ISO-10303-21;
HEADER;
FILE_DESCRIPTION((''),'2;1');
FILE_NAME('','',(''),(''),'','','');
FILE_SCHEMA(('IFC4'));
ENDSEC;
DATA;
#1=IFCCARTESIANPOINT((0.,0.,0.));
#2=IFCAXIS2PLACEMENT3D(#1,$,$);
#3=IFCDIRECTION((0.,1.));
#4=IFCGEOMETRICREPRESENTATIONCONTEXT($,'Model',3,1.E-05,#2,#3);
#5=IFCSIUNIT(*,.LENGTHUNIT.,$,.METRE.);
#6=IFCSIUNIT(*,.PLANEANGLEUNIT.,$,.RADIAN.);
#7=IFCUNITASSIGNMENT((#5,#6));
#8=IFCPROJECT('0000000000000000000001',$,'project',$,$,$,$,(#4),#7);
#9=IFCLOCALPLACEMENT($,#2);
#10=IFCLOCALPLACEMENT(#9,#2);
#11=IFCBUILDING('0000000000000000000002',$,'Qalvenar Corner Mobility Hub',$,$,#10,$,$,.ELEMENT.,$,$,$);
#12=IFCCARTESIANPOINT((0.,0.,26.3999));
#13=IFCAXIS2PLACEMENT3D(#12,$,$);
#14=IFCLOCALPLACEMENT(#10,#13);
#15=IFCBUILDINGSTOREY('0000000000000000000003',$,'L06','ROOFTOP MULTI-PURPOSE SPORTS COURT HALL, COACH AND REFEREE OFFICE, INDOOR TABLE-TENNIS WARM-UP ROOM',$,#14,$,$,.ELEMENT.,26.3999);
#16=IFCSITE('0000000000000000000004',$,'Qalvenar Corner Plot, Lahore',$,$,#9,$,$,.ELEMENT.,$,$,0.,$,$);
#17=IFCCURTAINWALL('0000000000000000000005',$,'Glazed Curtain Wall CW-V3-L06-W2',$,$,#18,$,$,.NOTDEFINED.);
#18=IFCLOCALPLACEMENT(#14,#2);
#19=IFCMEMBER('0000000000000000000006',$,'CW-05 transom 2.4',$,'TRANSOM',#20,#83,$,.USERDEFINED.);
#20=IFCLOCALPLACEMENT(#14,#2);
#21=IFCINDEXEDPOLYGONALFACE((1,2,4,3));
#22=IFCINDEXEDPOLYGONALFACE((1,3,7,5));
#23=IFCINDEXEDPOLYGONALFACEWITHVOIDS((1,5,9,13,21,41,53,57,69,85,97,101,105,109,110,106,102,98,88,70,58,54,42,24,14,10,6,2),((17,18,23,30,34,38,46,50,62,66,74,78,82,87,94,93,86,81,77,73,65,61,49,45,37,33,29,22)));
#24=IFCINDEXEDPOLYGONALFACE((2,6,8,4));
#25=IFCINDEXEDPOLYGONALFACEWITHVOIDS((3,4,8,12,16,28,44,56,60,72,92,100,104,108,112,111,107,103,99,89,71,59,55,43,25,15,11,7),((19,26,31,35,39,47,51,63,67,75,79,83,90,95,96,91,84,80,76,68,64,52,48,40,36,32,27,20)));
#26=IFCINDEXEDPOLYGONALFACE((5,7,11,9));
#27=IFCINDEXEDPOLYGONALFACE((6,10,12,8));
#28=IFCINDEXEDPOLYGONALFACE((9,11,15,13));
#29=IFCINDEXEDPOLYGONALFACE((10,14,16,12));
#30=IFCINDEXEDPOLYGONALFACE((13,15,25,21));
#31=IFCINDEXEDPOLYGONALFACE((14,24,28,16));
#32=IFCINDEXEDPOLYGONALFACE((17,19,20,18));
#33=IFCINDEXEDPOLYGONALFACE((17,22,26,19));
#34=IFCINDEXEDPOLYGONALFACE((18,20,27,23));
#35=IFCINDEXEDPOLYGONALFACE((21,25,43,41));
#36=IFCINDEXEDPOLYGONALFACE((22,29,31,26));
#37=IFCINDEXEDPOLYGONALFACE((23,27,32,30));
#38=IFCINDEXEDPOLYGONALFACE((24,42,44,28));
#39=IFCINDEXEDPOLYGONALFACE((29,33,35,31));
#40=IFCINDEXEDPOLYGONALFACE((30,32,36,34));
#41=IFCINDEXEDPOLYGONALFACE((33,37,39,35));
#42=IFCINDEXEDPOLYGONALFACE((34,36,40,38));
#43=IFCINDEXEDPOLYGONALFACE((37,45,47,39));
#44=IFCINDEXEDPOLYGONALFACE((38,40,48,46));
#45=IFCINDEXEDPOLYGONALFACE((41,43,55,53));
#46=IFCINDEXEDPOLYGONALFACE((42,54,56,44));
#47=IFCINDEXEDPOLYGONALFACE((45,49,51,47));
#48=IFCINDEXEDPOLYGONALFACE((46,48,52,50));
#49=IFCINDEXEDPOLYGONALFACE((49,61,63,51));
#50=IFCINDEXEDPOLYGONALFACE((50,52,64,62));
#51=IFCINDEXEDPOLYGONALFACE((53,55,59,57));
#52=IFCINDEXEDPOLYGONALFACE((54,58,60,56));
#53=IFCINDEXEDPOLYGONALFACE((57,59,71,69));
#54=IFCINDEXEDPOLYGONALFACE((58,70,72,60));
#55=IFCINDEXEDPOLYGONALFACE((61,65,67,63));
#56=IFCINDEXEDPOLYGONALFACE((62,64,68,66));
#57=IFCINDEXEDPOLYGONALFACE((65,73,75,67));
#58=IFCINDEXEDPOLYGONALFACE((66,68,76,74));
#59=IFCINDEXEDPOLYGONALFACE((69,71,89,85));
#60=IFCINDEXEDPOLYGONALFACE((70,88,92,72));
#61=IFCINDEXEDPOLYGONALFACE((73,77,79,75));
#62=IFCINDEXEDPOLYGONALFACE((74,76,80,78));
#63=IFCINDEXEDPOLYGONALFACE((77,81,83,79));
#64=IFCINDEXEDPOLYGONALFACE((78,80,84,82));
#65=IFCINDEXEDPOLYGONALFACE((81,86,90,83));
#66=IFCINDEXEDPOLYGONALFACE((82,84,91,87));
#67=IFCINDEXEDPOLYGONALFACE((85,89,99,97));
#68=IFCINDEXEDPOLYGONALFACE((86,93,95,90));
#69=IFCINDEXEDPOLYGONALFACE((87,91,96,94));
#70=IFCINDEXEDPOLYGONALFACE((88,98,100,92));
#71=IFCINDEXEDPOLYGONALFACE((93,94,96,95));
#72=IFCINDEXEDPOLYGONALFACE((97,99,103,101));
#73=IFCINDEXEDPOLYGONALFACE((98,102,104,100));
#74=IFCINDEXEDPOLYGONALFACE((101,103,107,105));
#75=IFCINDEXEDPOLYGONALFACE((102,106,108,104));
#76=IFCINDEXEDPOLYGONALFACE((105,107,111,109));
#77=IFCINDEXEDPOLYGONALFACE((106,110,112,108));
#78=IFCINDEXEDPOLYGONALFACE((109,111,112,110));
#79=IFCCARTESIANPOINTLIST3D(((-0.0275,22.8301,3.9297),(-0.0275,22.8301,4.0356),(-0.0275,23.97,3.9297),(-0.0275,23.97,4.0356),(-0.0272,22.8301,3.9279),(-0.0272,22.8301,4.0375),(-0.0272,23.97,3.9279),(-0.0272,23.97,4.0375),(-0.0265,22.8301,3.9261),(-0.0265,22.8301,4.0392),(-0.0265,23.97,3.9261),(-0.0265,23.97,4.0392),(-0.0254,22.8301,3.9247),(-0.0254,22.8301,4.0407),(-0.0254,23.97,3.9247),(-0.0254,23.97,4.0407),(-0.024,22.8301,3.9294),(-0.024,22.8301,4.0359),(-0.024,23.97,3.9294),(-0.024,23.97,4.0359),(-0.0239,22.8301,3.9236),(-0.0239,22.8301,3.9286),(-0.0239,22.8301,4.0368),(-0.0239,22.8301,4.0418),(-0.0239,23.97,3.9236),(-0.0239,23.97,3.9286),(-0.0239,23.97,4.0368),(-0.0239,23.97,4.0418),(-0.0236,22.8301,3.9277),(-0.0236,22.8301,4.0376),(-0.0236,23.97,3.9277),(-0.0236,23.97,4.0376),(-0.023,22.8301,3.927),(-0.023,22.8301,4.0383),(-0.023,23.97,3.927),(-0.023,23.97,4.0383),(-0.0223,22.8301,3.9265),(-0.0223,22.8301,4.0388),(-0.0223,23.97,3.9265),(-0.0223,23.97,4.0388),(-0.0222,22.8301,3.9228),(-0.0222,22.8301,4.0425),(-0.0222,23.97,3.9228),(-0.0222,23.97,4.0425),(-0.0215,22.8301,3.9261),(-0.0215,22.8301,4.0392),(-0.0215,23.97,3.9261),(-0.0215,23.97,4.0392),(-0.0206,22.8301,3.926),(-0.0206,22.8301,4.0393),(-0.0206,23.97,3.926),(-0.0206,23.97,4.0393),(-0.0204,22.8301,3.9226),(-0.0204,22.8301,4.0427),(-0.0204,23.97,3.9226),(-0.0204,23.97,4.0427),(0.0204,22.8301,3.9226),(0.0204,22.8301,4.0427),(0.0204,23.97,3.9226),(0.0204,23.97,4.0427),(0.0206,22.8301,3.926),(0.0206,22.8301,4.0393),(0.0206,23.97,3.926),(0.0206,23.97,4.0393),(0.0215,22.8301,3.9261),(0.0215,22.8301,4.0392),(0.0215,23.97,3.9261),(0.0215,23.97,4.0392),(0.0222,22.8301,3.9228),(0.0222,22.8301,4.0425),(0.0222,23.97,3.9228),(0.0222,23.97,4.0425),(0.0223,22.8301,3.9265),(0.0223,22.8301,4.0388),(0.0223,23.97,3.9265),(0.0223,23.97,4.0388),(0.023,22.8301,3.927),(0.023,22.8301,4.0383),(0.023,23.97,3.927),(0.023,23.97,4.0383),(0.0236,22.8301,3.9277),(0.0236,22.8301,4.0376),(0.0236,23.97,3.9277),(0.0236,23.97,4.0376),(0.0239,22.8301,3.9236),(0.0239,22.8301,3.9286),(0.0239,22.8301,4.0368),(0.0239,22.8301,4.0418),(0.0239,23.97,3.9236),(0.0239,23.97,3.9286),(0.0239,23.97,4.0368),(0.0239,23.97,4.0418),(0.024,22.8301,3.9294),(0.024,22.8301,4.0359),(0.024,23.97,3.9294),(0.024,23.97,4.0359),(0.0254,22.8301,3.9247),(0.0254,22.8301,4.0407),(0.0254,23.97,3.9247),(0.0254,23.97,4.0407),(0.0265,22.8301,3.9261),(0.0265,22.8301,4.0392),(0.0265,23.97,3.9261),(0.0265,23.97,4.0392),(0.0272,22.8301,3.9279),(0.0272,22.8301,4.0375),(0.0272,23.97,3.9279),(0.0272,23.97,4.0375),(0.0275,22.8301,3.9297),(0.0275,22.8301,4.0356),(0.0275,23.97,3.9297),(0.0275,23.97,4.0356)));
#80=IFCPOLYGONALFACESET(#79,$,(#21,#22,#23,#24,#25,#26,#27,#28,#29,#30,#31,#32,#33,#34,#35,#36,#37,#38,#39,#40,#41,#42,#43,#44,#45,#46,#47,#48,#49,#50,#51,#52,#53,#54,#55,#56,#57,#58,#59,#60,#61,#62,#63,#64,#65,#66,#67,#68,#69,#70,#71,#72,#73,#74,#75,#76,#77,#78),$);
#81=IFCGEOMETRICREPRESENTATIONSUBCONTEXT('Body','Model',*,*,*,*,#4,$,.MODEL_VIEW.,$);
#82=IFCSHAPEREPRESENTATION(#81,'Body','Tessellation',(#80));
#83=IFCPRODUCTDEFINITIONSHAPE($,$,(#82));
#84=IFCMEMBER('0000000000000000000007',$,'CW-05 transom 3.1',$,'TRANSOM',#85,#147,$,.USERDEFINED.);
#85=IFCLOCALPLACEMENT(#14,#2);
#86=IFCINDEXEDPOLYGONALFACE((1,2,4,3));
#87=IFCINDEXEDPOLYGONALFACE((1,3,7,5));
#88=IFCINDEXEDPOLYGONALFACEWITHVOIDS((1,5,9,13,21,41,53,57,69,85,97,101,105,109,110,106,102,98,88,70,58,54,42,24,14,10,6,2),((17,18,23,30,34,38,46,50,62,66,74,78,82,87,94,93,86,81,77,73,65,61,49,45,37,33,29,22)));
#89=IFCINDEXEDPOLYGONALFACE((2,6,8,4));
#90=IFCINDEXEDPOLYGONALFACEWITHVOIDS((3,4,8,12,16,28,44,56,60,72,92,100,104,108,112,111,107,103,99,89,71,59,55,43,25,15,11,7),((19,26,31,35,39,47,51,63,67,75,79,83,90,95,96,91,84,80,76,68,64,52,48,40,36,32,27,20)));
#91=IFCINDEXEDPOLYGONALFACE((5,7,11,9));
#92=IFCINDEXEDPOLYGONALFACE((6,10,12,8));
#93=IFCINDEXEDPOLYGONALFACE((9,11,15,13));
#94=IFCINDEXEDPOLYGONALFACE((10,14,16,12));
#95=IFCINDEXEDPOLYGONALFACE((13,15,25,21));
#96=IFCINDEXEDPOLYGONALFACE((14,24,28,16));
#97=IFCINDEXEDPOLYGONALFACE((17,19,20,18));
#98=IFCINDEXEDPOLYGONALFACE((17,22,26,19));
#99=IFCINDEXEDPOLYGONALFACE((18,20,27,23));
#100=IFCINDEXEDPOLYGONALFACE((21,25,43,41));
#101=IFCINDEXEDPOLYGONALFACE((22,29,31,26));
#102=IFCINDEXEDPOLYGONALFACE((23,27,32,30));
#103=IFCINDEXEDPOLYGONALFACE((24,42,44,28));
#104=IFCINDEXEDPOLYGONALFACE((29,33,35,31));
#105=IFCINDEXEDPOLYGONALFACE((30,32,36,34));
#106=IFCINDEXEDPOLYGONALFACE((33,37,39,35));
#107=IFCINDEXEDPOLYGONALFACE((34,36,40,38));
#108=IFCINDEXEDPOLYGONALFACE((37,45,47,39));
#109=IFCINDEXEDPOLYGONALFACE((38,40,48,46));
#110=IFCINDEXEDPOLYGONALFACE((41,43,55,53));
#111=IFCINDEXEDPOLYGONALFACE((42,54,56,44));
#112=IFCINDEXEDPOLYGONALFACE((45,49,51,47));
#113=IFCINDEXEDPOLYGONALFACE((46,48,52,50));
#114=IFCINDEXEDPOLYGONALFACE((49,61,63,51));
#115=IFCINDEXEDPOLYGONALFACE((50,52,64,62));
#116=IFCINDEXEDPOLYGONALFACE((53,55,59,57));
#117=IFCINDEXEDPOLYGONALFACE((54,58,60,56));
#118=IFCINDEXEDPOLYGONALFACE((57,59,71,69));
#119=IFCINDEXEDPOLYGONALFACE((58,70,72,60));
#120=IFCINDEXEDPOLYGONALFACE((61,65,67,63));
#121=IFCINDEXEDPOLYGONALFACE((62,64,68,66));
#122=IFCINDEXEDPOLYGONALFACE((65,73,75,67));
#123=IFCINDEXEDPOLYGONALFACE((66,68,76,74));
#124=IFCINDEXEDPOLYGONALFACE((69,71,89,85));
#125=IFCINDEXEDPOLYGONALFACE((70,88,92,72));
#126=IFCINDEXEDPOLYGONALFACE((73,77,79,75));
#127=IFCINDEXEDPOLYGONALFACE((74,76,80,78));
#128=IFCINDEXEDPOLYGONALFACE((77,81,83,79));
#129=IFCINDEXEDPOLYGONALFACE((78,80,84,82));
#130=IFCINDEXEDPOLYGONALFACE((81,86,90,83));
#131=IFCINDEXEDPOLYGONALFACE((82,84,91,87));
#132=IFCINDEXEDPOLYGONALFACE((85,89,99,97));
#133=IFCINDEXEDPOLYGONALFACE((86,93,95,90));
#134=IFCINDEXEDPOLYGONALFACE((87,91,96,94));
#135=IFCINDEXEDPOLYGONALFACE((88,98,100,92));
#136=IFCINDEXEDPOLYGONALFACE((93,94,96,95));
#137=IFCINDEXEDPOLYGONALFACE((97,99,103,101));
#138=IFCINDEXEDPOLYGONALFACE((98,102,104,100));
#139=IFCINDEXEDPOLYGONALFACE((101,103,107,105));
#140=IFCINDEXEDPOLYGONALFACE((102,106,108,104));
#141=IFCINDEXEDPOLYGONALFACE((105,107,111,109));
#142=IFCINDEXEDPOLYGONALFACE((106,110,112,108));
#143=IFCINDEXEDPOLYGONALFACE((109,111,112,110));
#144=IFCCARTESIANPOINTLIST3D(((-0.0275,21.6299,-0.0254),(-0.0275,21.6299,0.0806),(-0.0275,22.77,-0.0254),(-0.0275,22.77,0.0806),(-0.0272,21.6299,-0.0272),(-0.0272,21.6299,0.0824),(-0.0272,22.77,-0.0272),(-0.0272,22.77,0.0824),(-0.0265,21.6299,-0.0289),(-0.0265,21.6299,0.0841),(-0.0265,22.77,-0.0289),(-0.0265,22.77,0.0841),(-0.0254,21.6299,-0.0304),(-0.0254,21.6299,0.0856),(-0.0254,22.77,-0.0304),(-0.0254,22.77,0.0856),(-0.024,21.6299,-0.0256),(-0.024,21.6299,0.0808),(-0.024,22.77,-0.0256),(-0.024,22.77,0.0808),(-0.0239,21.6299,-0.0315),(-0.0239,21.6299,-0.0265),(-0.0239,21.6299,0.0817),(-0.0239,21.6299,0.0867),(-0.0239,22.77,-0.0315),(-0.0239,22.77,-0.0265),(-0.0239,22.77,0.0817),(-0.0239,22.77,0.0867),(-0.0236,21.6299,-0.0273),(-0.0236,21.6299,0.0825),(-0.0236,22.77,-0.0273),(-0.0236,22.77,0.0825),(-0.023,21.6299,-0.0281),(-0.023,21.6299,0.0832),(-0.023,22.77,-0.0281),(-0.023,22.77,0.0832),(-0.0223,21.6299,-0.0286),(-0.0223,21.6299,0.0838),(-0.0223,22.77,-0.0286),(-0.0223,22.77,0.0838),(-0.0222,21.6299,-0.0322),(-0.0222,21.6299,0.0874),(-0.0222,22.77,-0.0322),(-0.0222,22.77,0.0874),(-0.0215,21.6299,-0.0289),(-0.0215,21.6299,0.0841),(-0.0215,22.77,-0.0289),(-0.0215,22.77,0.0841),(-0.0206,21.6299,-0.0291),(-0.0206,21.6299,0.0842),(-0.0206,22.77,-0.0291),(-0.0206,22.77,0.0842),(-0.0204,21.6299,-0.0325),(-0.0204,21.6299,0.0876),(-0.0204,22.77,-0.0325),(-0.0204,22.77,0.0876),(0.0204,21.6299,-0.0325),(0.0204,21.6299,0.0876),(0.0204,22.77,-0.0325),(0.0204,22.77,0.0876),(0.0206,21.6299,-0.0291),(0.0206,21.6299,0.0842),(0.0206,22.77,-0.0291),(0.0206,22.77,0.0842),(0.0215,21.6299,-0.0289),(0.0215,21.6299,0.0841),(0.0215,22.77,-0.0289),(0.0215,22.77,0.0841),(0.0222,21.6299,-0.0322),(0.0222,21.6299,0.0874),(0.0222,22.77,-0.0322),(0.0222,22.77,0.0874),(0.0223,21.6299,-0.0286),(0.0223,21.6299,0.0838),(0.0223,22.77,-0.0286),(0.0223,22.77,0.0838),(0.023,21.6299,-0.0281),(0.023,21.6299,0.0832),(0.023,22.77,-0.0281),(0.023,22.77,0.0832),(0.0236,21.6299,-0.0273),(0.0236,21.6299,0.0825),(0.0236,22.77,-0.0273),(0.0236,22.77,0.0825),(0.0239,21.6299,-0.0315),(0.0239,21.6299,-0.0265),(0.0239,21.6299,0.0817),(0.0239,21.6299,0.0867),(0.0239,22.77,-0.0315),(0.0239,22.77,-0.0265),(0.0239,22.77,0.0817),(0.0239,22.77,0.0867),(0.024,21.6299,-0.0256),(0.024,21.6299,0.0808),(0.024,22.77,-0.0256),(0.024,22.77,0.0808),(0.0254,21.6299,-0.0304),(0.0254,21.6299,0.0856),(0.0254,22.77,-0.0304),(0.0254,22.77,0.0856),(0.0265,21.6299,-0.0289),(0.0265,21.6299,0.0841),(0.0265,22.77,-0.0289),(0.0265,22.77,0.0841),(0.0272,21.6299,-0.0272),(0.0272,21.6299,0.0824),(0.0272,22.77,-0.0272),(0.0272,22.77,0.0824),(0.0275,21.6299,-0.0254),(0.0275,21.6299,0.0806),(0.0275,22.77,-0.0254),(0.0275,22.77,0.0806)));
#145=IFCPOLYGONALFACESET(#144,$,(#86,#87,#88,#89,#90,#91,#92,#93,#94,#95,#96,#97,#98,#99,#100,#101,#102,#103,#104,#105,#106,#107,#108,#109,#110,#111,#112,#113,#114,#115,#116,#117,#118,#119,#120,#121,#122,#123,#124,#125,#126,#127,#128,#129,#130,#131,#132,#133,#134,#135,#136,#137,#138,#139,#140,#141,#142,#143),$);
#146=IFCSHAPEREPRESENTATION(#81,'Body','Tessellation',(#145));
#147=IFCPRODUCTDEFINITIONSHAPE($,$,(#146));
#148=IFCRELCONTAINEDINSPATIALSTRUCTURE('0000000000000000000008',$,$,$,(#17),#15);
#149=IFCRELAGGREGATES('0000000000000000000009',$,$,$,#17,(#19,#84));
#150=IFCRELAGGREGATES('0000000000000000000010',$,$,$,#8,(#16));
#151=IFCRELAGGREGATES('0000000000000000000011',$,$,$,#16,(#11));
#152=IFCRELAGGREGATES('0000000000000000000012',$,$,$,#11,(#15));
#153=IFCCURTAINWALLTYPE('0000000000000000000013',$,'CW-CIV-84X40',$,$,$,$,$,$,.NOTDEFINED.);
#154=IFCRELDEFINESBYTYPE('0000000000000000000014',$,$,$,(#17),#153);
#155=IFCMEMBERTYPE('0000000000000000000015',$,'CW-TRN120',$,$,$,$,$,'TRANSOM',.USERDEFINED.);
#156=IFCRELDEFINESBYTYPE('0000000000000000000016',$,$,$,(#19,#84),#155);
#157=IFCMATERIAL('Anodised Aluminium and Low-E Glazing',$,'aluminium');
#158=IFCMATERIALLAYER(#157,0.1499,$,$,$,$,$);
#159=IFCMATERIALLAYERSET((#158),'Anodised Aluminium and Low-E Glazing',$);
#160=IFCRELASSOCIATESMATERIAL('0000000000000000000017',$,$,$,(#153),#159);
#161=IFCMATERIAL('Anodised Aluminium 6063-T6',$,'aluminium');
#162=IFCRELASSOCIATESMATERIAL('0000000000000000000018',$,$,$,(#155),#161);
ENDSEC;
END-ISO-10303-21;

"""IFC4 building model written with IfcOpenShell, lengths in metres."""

from ifc_helpers import new_model, si_unit, direction, frame, origin, origin_2d, place, context, subcontext, project, spatial, hollow_rectangle, extrude, material, layer, layer_set, material_profile, profile_set, type_object, element, aggregate, save


model = new_model("IFC4")

# Units and contexts
model_context = context("Model", 3, precision=1e-05, world=origin(), true_north=direction((0.0, 1.0)))
body_context = subcontext(model_context, "Body", "Model", "MODEL_VIEW")
ifc_project = project(units=[si_unit("LENGTHUNIT", "METRE"), si_unit("PLANEANGLEUNIT", "RADIAN")], contexts=[model_context])

# Site, building, storey
site_placement = place(None, origin())
site = spatial("IfcSite", under=ifc_project, at=site_placement, Name="Qalvenar Corner Plot, Lahore", CompositionType="ELEMENT", RefElevation=0.0)
building_placement = place(site_placement, origin())
building = spatial("IfcBuilding", under=site, at=building_placement, Name="Qalvenar Corner Mobility Hub", CompositionType="ELEMENT")
storey_placement = place(building_placement, frame((0.0, 0.0, 26.3999)))
storey = spatial("IfcBuildingStorey", under=building, at=storey_placement, Name="L06", Description="ROOFTOP MULTI-PURPOSE SPORTS COURT HALL, COACH AND REFEREE OFFICE, INDOOR TABLE-TENNIS WARM-UP ROOM", CompositionType="ELEMENT", Elevation=26.3999)

# Curtain wall, members
ifc_material_1 = material(Name="Anodised Aluminium and Low-E Glazing", Category="aluminium")
ifc_layer_1 = layer(ifc_material_1, 0.1499)
ifc_layer_set_1 = layer_set([ifc_layer_1], Name="Anodised Aluminium and Low-E Glazing")
curtain_wall_type = type_object("IfcCurtainWallType", Name="CW-CIV-84X40", PredefinedType="NOTDEFINED", material=ifc_layer_set_1)
curtain_wall_placement = place(storey_placement, origin())
curtain_wall = element("IfcCurtainWall", 1, at=curtain_wall_placement, inside=storey, type_object=curtain_wall_type, Name="Glazed Curtain Wall CW-V3-L06-W2", PredefinedType="NOTDEFINED")
ifc_material_2 = material(Name="Anodised Aluminium 6063-T6", Category="aluminium")
ifc_material_profile_1 = material_profile(ifc_material_2, hollow_rectangle(XDim=0.0549, YDim=0.1201, WallThickness=0.0034, InnerFilletRadius=0.0034, OuterFilletRadius=0.0071, at=origin_2d()), Name="RHS120x55x3.5")
ifc_profile_set_1 = profile_set([ifc_material_profile_1], Name="Anodised Aluminium 6063-T6")
member_type_1 = type_object("IfcMemberType", Name="CW-TRN120", ElementType="TRANSOM", PredefinedType="USERDEFINED", material=ifc_profile_set_1)
member_1_placement = place(storey_placement, frame((0.0, 23.97, 3.9827), z_axis=(0.0, -1.0, 0.0), x_axis=(1.0, 0.0, 0.0)))
member_1 = element("IfcMember", 2, at=member_1_placement, type_object=member_type_1, Name="CW-05 transom 2.4", ObjectType="TRANSOM", PredefinedType="USERDEFINED", context=body_context, shape_type="SweptSolid", body=[
    extrude(hollow_rectangle(XDim=0.0549, YDim=0.1201, WallThickness=0.0034, InnerFilletRadius=0.0034, OuterFilletRadius=0.0071, at=origin_2d()), origin(), (0.0, 0.0, 1.0), 1.1399),
])
member_2_placement = place(storey_placement, frame((0.0, 22.77, 0.0276), z_axis=(0.0, -1.0, 0.0), x_axis=(1.0, 0.0, 0.0)))
member_2 = element("IfcMember", 3, at=member_2_placement, type_object=member_type_1, Name="CW-05 transom 3.1", ObjectType="TRANSOM", PredefinedType="USERDEFINED", context=body_context, shape_type="SweptSolid", body=[
    extrude(hollow_rectangle(XDim=0.0549, YDim=0.1201, WallThickness=0.0034, InnerFilletRadius=0.0034, OuterFilletRadius=0.0071, at=origin_2d()), origin(), (0.0, 0.0, 1.0), 1.1401),
])

aggregate(curtain_wall, [member_1, member_2])

save(model, "model.ifc")
